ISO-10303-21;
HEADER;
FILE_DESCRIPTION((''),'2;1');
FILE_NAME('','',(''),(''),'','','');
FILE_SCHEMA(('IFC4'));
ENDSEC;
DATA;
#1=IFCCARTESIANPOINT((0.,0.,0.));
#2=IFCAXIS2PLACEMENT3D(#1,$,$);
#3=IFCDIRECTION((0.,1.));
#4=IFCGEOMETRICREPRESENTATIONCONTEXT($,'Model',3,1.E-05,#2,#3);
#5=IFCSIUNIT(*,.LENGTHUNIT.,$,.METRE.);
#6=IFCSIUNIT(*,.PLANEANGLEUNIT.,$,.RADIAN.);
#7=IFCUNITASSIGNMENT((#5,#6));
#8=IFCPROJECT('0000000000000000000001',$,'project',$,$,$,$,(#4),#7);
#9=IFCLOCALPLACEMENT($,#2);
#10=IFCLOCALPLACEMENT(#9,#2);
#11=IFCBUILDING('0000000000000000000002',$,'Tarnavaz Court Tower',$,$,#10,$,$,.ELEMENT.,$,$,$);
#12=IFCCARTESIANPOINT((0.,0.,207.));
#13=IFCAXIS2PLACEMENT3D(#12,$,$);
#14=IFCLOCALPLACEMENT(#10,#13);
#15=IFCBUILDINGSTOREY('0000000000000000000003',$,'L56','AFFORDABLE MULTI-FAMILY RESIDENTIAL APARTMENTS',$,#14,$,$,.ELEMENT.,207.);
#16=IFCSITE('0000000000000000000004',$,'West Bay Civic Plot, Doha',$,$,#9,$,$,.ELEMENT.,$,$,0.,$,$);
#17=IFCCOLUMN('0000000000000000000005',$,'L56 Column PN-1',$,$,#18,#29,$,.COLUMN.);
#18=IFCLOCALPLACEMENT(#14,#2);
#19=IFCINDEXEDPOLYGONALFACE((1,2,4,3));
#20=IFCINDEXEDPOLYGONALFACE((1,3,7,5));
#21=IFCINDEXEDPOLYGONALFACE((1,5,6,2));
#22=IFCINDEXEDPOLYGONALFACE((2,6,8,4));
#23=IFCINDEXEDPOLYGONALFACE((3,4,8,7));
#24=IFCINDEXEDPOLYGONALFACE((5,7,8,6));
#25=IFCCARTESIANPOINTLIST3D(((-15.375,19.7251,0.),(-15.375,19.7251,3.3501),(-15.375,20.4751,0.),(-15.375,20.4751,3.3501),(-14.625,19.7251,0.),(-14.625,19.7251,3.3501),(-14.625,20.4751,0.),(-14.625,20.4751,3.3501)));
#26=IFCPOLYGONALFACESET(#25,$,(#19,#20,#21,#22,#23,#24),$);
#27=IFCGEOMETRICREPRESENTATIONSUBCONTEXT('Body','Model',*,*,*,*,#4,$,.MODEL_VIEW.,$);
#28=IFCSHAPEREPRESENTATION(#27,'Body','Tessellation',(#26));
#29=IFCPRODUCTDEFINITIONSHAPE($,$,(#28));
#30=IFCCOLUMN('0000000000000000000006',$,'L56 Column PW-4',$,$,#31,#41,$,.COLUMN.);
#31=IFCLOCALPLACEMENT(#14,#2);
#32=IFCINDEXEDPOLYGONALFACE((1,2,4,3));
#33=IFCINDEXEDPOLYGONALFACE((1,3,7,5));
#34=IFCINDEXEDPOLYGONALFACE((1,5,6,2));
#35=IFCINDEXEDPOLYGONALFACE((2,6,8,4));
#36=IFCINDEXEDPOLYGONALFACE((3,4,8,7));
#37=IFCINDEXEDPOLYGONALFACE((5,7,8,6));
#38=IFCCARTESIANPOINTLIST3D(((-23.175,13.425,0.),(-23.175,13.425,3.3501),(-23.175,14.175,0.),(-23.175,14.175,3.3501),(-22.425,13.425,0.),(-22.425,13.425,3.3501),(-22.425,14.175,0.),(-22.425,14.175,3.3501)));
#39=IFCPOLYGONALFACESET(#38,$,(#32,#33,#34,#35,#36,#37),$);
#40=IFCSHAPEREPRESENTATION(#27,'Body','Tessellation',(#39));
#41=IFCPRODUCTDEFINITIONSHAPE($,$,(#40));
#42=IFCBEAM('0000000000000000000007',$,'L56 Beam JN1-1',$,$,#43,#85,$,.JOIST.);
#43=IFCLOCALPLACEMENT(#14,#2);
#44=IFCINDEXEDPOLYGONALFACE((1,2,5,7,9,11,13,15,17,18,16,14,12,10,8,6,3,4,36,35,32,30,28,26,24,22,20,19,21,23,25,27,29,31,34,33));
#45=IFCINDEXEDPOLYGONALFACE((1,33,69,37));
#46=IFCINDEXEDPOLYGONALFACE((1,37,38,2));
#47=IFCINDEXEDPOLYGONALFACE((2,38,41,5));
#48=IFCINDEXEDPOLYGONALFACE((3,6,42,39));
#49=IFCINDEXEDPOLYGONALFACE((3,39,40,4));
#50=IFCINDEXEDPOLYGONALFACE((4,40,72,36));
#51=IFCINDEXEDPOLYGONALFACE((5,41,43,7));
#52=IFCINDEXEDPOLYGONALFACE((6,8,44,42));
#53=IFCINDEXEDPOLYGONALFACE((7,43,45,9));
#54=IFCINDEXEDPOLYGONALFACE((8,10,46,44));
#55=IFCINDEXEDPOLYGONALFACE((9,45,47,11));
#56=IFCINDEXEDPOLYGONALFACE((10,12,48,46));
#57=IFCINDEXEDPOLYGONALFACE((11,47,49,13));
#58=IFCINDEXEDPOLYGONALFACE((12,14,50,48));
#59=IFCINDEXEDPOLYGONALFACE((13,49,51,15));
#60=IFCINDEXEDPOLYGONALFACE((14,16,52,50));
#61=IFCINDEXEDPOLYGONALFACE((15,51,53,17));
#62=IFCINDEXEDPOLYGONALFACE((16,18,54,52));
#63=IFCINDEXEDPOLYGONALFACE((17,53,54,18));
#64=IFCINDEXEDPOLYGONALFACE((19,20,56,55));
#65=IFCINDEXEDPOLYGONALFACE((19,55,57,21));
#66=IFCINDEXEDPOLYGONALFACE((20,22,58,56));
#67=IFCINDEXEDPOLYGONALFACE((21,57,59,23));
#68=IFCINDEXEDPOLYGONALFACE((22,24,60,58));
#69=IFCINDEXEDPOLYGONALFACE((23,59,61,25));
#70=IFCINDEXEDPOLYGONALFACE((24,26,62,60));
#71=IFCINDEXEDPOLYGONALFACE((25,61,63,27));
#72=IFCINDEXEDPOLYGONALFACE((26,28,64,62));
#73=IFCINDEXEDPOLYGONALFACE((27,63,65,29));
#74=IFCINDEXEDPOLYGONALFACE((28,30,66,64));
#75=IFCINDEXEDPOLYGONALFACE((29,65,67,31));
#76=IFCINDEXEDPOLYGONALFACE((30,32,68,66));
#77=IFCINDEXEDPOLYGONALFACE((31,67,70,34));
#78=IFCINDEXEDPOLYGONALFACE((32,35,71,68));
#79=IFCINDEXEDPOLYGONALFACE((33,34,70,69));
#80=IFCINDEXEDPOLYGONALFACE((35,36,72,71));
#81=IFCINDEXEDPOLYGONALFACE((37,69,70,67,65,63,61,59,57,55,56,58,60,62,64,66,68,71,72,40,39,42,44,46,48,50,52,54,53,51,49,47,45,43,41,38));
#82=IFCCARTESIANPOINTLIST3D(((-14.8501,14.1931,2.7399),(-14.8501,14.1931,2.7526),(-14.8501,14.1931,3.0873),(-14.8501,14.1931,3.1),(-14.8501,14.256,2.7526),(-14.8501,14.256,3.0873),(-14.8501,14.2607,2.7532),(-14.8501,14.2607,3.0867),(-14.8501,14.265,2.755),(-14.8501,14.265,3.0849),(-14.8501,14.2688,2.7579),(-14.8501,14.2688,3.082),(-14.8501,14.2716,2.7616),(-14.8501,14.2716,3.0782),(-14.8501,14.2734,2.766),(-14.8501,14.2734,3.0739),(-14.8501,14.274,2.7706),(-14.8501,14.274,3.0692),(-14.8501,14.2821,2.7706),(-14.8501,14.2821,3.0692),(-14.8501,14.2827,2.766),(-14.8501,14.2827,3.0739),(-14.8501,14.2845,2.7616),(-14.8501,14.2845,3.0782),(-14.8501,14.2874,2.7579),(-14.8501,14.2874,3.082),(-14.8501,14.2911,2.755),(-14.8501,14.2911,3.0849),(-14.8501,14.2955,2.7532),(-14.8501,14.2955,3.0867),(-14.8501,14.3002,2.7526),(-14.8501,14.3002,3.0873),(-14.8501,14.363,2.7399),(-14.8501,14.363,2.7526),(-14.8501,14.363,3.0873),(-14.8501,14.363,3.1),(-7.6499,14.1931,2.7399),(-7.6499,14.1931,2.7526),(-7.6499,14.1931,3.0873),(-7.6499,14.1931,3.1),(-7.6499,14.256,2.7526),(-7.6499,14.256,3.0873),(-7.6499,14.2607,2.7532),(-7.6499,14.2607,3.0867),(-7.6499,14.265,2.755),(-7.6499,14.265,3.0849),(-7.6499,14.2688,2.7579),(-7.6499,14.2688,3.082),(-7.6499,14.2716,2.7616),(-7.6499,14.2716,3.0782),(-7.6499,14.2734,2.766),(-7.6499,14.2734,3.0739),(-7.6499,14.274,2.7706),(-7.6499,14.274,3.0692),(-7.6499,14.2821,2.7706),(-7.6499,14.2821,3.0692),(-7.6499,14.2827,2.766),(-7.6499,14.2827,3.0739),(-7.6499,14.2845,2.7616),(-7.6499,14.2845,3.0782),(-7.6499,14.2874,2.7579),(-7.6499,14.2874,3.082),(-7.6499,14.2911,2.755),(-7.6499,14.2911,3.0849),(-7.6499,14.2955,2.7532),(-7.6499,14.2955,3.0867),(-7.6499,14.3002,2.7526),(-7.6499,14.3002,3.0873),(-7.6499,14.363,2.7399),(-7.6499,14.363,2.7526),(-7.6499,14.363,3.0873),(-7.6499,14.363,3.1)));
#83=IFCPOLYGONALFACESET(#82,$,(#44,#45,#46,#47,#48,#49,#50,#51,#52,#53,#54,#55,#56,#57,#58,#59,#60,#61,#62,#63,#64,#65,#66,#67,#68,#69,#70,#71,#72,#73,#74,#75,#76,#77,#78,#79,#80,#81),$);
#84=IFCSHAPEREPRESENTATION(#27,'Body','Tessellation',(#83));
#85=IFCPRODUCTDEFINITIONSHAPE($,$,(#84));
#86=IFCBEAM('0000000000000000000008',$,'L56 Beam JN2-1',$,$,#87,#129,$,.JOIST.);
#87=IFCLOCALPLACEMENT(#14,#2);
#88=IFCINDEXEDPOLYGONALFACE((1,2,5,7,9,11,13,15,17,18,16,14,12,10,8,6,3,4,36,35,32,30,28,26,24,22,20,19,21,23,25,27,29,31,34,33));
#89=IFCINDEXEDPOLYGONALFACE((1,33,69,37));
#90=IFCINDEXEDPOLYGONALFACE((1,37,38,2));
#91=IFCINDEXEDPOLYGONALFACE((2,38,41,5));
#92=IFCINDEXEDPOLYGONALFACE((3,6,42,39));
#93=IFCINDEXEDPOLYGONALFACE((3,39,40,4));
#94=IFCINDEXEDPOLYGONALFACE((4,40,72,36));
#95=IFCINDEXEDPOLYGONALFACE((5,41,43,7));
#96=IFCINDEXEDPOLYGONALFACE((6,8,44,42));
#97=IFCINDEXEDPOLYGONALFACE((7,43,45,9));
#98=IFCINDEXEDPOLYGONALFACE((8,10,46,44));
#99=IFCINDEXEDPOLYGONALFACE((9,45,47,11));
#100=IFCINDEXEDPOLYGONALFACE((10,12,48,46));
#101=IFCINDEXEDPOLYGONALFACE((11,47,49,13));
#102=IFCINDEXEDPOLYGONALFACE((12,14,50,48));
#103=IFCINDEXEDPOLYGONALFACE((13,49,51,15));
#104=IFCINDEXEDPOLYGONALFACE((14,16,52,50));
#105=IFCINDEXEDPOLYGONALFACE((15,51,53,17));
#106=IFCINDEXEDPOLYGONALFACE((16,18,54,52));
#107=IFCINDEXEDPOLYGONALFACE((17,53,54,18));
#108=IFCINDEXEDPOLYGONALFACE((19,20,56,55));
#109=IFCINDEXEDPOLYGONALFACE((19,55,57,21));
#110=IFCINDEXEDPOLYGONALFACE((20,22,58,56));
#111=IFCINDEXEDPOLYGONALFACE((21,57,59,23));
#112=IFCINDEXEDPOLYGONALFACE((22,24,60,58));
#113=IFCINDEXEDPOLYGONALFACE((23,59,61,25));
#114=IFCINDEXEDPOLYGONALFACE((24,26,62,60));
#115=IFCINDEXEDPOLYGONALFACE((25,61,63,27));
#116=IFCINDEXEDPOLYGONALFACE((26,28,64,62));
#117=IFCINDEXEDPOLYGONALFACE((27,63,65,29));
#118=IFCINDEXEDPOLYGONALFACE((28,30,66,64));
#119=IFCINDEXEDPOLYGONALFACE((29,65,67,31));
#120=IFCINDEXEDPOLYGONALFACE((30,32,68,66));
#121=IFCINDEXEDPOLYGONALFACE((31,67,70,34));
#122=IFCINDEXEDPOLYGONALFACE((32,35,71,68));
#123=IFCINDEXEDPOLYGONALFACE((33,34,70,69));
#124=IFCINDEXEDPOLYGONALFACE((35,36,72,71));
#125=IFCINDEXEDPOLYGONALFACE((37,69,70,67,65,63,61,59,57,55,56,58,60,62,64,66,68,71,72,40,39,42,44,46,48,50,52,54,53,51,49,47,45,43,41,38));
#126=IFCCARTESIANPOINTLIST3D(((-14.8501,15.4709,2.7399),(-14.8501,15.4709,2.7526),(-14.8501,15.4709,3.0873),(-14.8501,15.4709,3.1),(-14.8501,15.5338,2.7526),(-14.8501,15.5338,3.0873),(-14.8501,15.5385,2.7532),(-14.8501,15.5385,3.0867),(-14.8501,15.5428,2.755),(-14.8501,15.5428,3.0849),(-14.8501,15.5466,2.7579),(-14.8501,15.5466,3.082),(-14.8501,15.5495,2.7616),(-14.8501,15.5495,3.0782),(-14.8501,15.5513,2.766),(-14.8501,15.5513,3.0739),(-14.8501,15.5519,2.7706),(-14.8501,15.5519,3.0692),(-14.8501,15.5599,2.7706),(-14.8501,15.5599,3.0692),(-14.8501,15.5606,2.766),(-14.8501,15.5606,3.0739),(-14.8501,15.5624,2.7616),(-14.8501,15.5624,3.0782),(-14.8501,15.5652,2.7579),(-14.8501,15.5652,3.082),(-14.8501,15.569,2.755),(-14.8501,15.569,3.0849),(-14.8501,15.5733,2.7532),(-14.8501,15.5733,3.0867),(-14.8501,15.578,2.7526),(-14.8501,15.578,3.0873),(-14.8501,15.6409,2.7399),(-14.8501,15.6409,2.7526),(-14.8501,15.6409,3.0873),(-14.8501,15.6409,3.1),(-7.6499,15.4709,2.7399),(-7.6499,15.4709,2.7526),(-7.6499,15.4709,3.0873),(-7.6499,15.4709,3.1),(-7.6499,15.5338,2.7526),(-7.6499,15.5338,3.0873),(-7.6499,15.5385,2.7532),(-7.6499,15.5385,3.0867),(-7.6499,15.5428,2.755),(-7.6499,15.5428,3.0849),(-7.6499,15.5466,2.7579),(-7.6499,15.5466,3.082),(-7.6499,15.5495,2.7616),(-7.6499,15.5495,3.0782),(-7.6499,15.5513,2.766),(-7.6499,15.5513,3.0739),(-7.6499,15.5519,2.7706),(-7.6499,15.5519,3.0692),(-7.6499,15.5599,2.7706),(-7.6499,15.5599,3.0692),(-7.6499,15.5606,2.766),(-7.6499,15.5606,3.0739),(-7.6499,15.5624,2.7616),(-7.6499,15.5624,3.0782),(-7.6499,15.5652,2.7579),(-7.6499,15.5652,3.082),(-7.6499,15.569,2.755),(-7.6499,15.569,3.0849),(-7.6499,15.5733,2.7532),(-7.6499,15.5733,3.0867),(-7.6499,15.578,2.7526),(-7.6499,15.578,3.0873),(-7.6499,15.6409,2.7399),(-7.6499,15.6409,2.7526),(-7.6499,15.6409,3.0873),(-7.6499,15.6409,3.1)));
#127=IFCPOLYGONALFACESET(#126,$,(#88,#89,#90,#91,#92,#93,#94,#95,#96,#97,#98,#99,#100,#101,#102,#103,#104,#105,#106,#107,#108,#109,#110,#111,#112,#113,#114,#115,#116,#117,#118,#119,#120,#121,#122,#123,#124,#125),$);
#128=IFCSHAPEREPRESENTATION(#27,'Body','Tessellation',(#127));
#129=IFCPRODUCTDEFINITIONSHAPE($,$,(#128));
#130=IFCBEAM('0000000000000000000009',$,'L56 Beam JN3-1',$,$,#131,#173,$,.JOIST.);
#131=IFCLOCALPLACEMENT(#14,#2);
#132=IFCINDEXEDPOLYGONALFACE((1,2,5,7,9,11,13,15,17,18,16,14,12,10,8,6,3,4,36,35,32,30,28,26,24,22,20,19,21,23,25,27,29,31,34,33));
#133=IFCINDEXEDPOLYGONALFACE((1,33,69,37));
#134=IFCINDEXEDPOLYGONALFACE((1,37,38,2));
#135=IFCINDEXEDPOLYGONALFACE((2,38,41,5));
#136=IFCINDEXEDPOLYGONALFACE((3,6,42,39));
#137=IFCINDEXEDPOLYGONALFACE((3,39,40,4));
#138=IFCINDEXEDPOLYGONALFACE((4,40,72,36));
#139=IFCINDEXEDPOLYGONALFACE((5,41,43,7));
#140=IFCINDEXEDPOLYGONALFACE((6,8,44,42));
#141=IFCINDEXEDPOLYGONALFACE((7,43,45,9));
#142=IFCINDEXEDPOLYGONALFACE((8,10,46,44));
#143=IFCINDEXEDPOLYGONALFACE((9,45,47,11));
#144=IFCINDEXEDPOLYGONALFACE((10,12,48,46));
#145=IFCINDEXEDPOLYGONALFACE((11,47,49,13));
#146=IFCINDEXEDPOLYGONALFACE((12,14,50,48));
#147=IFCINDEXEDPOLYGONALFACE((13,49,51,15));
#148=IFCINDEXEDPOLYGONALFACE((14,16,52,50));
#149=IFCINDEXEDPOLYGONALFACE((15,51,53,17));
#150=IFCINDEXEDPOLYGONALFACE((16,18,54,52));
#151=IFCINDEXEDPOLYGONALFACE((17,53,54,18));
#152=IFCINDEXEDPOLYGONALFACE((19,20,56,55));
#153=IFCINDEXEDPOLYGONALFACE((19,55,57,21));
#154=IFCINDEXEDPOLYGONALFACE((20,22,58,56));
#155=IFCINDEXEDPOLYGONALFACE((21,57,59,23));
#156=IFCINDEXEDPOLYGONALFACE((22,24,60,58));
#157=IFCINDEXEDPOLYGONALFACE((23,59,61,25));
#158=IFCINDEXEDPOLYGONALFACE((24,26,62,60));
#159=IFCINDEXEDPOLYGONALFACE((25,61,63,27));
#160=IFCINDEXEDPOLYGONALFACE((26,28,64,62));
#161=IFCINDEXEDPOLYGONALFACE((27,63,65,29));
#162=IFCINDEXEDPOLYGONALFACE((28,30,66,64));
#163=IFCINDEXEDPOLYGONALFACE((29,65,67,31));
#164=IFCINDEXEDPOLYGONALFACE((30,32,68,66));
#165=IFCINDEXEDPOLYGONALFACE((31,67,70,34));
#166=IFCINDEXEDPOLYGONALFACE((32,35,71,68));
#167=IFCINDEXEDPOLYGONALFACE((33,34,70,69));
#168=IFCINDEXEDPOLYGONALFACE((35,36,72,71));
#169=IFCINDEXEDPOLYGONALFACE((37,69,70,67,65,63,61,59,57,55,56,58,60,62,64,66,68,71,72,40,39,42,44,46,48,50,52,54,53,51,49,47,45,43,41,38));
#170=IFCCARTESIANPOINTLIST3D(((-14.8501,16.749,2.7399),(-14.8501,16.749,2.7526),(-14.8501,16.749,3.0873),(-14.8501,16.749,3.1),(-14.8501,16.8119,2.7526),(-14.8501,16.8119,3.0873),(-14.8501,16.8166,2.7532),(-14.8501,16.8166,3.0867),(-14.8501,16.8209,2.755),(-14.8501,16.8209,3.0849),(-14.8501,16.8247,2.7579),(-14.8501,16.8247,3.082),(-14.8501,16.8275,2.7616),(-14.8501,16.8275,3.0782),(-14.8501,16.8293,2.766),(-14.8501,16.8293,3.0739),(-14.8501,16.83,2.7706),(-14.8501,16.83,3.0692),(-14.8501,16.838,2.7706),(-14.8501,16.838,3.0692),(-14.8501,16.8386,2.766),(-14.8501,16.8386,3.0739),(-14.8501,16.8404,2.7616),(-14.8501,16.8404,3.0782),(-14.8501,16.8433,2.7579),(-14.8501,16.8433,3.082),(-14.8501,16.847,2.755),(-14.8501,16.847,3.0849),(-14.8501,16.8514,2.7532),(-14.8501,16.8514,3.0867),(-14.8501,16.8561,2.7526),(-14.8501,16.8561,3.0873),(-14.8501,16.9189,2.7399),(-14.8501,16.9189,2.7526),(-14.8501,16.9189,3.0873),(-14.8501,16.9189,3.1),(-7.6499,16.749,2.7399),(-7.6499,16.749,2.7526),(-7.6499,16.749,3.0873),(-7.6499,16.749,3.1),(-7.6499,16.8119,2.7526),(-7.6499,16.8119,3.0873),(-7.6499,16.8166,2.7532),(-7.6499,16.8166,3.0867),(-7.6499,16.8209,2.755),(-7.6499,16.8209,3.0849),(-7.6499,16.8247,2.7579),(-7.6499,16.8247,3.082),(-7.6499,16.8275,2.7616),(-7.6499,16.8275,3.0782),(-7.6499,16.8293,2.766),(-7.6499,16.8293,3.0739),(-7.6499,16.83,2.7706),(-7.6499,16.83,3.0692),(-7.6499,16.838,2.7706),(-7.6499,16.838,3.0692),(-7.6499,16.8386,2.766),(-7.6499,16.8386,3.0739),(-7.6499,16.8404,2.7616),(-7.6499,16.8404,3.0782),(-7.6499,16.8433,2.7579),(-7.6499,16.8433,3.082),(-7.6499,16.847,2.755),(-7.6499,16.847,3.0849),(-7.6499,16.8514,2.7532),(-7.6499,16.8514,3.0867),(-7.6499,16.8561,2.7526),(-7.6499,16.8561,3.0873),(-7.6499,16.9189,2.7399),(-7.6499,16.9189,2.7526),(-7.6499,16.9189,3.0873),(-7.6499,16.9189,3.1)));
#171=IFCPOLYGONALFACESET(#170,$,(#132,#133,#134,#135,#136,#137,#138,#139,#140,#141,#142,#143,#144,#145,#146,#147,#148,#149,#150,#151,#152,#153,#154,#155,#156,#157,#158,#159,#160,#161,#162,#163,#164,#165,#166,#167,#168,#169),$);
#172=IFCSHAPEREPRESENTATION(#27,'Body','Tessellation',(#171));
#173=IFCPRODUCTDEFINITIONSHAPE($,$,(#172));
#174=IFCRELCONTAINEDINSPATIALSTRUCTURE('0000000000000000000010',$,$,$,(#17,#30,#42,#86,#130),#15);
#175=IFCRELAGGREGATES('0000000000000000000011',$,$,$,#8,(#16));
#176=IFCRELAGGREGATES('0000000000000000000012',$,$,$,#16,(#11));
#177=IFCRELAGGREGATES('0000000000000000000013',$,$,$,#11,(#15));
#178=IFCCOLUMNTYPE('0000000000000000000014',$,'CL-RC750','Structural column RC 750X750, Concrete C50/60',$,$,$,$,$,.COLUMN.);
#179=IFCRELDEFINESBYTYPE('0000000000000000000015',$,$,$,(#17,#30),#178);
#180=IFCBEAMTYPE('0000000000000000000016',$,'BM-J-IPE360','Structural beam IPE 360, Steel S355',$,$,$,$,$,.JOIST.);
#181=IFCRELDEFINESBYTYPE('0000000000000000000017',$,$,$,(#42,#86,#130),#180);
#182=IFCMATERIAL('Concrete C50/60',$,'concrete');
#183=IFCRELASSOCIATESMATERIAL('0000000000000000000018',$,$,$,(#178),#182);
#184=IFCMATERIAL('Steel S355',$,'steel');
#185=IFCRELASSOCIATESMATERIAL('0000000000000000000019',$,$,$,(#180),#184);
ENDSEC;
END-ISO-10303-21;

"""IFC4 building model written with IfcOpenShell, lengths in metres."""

from ifc_helpers import new_model, si_unit, direction, frame, origin, origin_2d, place, context, subcontext, project, spatial, rectangle, i_section, extrude, material, material_profile, profile_set, type_object, element, save


model = new_model("IFC4")

# Units and contexts
model_context = context("Model", 3, precision=1e-05, world=origin(), true_north=direction((0.0, 1.0)))
body_context = subcontext(model_context, "Body", "Model", "MODEL_VIEW")
ifc_project = project(units=[si_unit("LENGTHUNIT", "METRE"), si_unit("PLANEANGLEUNIT", "RADIAN")], contexts=[model_context])

# Site, building, storey
site_placement = place(None, origin())
site = spatial("IfcSite", under=ifc_project, at=site_placement, Name="West Bay Civic Plot, Doha", CompositionType="ELEMENT", RefElevation=0.0)
building_placement = place(site_placement, origin())
building = spatial("IfcBuilding", under=site, at=building_placement, Name="Tarnavaz Court Tower", CompositionType="ELEMENT")
storey_placement = place(building_placement, frame((0.0, 0.0, 207.0)))
storey = spatial("IfcBuildingStorey", under=building, at=storey_placement, Name="L56", Description="AFFORDABLE MULTI-FAMILY RESIDENTIAL APARTMENTS", CompositionType="ELEMENT", Elevation=207.0)

# Columns
ifc_material_1 = material(Name="Concrete C50/60", Category="concrete")
ifc_material_profile_1 = material_profile(ifc_material_1, rectangle(XDim=0.75, YDim=0.75, at=origin_2d()), Name="RC 750X750")
ifc_profile_set_1 = profile_set([ifc_material_profile_1], Name="Concrete C50/60")
column_type = type_object("IfcColumnType", Name="CL-RC750", Description="Structural column RC 750X750, Concrete C50/60", PredefinedType="COLUMN", material=ifc_profile_set_1)
for number, where, z_axis, x_axis, name in (
    (1, (-15.0, 20.1001, 0.0), (0.0, 0.0, 1.0), (1.0, 0.0, 0.0), "L56 Column PN-1"),
    (2, (-22.8, 13.8, 0.0), (0.0, 0.0, 1.0), (1.0, 0.0, 0.0), "L56 Column PW-4"),
):
    element("IfcColumn", number, at=place(storey_placement, frame(where, z_axis=z_axis, x_axis=x_axis)), inside=storey, type_object=column_type, Name=name, PredefinedType="COLUMN", context=body_context, shape_type="SweptSolid", body=[
        extrude(rectangle(XDim=0.75, YDim=0.75, at=origin_2d()), origin(), (0.0, 0.0, 1.0), 3.3501),
    ])

# Beams
ifc_material_2 = material(Name="Steel S355", Category="steel")
ifc_material_profile_2 = material_profile(ifc_material_2, i_section(OverallWidth=0.1699, OverallDepth=0.3601, WebThickness=0.0081, FlangeThickness=0.0127, FilletRadius=0.0181, at=origin_2d()), Name="IPE 360")
ifc_profile_set_2 = profile_set([ifc_material_profile_2], Name="Steel S355")
beam_type_1 = type_object("IfcBeamType", Name="BM-J-IPE360", Description="Structural beam IPE 360, Steel S355", PredefinedType="JOIST", material=ifc_profile_set_2)
for number, where, z_axis, x_axis, name in (
    (3, (-14.8501, 14.2781, 2.9199), (1.0, 0.0, 0.0), (0.0, 1.0, 0.0), "L56 Beam JN1-1"),
    (4, (-14.8501, 15.5559, 2.9199), (1.0, 0.0, 0.0), (0.0, 1.0, 0.0), "L56 Beam JN2-1"),
    (5, (-14.8501, 16.834, 2.9199), (1.0, 0.0, 0.0), (0.0, 1.0, 0.0), "L56 Beam JN3-1"),
):
    element("IfcBeam", number, at=place(storey_placement, frame(where, z_axis=z_axis, x_axis=x_axis)), inside=storey, type_object=beam_type_1, Name=name, PredefinedType="JOIST", context=body_context, shape_type="SweptSolid", body=[
        extrude(i_section(OverallWidth=0.1699, OverallDepth=0.3601, WebThickness=0.0081, FlangeThickness=0.0127, FilletRadius=0.0181, at=origin_2d()), origin(), (0.0, 0.0, 1.0), 7.2002),
    ])

save(model, "model.ifc")
